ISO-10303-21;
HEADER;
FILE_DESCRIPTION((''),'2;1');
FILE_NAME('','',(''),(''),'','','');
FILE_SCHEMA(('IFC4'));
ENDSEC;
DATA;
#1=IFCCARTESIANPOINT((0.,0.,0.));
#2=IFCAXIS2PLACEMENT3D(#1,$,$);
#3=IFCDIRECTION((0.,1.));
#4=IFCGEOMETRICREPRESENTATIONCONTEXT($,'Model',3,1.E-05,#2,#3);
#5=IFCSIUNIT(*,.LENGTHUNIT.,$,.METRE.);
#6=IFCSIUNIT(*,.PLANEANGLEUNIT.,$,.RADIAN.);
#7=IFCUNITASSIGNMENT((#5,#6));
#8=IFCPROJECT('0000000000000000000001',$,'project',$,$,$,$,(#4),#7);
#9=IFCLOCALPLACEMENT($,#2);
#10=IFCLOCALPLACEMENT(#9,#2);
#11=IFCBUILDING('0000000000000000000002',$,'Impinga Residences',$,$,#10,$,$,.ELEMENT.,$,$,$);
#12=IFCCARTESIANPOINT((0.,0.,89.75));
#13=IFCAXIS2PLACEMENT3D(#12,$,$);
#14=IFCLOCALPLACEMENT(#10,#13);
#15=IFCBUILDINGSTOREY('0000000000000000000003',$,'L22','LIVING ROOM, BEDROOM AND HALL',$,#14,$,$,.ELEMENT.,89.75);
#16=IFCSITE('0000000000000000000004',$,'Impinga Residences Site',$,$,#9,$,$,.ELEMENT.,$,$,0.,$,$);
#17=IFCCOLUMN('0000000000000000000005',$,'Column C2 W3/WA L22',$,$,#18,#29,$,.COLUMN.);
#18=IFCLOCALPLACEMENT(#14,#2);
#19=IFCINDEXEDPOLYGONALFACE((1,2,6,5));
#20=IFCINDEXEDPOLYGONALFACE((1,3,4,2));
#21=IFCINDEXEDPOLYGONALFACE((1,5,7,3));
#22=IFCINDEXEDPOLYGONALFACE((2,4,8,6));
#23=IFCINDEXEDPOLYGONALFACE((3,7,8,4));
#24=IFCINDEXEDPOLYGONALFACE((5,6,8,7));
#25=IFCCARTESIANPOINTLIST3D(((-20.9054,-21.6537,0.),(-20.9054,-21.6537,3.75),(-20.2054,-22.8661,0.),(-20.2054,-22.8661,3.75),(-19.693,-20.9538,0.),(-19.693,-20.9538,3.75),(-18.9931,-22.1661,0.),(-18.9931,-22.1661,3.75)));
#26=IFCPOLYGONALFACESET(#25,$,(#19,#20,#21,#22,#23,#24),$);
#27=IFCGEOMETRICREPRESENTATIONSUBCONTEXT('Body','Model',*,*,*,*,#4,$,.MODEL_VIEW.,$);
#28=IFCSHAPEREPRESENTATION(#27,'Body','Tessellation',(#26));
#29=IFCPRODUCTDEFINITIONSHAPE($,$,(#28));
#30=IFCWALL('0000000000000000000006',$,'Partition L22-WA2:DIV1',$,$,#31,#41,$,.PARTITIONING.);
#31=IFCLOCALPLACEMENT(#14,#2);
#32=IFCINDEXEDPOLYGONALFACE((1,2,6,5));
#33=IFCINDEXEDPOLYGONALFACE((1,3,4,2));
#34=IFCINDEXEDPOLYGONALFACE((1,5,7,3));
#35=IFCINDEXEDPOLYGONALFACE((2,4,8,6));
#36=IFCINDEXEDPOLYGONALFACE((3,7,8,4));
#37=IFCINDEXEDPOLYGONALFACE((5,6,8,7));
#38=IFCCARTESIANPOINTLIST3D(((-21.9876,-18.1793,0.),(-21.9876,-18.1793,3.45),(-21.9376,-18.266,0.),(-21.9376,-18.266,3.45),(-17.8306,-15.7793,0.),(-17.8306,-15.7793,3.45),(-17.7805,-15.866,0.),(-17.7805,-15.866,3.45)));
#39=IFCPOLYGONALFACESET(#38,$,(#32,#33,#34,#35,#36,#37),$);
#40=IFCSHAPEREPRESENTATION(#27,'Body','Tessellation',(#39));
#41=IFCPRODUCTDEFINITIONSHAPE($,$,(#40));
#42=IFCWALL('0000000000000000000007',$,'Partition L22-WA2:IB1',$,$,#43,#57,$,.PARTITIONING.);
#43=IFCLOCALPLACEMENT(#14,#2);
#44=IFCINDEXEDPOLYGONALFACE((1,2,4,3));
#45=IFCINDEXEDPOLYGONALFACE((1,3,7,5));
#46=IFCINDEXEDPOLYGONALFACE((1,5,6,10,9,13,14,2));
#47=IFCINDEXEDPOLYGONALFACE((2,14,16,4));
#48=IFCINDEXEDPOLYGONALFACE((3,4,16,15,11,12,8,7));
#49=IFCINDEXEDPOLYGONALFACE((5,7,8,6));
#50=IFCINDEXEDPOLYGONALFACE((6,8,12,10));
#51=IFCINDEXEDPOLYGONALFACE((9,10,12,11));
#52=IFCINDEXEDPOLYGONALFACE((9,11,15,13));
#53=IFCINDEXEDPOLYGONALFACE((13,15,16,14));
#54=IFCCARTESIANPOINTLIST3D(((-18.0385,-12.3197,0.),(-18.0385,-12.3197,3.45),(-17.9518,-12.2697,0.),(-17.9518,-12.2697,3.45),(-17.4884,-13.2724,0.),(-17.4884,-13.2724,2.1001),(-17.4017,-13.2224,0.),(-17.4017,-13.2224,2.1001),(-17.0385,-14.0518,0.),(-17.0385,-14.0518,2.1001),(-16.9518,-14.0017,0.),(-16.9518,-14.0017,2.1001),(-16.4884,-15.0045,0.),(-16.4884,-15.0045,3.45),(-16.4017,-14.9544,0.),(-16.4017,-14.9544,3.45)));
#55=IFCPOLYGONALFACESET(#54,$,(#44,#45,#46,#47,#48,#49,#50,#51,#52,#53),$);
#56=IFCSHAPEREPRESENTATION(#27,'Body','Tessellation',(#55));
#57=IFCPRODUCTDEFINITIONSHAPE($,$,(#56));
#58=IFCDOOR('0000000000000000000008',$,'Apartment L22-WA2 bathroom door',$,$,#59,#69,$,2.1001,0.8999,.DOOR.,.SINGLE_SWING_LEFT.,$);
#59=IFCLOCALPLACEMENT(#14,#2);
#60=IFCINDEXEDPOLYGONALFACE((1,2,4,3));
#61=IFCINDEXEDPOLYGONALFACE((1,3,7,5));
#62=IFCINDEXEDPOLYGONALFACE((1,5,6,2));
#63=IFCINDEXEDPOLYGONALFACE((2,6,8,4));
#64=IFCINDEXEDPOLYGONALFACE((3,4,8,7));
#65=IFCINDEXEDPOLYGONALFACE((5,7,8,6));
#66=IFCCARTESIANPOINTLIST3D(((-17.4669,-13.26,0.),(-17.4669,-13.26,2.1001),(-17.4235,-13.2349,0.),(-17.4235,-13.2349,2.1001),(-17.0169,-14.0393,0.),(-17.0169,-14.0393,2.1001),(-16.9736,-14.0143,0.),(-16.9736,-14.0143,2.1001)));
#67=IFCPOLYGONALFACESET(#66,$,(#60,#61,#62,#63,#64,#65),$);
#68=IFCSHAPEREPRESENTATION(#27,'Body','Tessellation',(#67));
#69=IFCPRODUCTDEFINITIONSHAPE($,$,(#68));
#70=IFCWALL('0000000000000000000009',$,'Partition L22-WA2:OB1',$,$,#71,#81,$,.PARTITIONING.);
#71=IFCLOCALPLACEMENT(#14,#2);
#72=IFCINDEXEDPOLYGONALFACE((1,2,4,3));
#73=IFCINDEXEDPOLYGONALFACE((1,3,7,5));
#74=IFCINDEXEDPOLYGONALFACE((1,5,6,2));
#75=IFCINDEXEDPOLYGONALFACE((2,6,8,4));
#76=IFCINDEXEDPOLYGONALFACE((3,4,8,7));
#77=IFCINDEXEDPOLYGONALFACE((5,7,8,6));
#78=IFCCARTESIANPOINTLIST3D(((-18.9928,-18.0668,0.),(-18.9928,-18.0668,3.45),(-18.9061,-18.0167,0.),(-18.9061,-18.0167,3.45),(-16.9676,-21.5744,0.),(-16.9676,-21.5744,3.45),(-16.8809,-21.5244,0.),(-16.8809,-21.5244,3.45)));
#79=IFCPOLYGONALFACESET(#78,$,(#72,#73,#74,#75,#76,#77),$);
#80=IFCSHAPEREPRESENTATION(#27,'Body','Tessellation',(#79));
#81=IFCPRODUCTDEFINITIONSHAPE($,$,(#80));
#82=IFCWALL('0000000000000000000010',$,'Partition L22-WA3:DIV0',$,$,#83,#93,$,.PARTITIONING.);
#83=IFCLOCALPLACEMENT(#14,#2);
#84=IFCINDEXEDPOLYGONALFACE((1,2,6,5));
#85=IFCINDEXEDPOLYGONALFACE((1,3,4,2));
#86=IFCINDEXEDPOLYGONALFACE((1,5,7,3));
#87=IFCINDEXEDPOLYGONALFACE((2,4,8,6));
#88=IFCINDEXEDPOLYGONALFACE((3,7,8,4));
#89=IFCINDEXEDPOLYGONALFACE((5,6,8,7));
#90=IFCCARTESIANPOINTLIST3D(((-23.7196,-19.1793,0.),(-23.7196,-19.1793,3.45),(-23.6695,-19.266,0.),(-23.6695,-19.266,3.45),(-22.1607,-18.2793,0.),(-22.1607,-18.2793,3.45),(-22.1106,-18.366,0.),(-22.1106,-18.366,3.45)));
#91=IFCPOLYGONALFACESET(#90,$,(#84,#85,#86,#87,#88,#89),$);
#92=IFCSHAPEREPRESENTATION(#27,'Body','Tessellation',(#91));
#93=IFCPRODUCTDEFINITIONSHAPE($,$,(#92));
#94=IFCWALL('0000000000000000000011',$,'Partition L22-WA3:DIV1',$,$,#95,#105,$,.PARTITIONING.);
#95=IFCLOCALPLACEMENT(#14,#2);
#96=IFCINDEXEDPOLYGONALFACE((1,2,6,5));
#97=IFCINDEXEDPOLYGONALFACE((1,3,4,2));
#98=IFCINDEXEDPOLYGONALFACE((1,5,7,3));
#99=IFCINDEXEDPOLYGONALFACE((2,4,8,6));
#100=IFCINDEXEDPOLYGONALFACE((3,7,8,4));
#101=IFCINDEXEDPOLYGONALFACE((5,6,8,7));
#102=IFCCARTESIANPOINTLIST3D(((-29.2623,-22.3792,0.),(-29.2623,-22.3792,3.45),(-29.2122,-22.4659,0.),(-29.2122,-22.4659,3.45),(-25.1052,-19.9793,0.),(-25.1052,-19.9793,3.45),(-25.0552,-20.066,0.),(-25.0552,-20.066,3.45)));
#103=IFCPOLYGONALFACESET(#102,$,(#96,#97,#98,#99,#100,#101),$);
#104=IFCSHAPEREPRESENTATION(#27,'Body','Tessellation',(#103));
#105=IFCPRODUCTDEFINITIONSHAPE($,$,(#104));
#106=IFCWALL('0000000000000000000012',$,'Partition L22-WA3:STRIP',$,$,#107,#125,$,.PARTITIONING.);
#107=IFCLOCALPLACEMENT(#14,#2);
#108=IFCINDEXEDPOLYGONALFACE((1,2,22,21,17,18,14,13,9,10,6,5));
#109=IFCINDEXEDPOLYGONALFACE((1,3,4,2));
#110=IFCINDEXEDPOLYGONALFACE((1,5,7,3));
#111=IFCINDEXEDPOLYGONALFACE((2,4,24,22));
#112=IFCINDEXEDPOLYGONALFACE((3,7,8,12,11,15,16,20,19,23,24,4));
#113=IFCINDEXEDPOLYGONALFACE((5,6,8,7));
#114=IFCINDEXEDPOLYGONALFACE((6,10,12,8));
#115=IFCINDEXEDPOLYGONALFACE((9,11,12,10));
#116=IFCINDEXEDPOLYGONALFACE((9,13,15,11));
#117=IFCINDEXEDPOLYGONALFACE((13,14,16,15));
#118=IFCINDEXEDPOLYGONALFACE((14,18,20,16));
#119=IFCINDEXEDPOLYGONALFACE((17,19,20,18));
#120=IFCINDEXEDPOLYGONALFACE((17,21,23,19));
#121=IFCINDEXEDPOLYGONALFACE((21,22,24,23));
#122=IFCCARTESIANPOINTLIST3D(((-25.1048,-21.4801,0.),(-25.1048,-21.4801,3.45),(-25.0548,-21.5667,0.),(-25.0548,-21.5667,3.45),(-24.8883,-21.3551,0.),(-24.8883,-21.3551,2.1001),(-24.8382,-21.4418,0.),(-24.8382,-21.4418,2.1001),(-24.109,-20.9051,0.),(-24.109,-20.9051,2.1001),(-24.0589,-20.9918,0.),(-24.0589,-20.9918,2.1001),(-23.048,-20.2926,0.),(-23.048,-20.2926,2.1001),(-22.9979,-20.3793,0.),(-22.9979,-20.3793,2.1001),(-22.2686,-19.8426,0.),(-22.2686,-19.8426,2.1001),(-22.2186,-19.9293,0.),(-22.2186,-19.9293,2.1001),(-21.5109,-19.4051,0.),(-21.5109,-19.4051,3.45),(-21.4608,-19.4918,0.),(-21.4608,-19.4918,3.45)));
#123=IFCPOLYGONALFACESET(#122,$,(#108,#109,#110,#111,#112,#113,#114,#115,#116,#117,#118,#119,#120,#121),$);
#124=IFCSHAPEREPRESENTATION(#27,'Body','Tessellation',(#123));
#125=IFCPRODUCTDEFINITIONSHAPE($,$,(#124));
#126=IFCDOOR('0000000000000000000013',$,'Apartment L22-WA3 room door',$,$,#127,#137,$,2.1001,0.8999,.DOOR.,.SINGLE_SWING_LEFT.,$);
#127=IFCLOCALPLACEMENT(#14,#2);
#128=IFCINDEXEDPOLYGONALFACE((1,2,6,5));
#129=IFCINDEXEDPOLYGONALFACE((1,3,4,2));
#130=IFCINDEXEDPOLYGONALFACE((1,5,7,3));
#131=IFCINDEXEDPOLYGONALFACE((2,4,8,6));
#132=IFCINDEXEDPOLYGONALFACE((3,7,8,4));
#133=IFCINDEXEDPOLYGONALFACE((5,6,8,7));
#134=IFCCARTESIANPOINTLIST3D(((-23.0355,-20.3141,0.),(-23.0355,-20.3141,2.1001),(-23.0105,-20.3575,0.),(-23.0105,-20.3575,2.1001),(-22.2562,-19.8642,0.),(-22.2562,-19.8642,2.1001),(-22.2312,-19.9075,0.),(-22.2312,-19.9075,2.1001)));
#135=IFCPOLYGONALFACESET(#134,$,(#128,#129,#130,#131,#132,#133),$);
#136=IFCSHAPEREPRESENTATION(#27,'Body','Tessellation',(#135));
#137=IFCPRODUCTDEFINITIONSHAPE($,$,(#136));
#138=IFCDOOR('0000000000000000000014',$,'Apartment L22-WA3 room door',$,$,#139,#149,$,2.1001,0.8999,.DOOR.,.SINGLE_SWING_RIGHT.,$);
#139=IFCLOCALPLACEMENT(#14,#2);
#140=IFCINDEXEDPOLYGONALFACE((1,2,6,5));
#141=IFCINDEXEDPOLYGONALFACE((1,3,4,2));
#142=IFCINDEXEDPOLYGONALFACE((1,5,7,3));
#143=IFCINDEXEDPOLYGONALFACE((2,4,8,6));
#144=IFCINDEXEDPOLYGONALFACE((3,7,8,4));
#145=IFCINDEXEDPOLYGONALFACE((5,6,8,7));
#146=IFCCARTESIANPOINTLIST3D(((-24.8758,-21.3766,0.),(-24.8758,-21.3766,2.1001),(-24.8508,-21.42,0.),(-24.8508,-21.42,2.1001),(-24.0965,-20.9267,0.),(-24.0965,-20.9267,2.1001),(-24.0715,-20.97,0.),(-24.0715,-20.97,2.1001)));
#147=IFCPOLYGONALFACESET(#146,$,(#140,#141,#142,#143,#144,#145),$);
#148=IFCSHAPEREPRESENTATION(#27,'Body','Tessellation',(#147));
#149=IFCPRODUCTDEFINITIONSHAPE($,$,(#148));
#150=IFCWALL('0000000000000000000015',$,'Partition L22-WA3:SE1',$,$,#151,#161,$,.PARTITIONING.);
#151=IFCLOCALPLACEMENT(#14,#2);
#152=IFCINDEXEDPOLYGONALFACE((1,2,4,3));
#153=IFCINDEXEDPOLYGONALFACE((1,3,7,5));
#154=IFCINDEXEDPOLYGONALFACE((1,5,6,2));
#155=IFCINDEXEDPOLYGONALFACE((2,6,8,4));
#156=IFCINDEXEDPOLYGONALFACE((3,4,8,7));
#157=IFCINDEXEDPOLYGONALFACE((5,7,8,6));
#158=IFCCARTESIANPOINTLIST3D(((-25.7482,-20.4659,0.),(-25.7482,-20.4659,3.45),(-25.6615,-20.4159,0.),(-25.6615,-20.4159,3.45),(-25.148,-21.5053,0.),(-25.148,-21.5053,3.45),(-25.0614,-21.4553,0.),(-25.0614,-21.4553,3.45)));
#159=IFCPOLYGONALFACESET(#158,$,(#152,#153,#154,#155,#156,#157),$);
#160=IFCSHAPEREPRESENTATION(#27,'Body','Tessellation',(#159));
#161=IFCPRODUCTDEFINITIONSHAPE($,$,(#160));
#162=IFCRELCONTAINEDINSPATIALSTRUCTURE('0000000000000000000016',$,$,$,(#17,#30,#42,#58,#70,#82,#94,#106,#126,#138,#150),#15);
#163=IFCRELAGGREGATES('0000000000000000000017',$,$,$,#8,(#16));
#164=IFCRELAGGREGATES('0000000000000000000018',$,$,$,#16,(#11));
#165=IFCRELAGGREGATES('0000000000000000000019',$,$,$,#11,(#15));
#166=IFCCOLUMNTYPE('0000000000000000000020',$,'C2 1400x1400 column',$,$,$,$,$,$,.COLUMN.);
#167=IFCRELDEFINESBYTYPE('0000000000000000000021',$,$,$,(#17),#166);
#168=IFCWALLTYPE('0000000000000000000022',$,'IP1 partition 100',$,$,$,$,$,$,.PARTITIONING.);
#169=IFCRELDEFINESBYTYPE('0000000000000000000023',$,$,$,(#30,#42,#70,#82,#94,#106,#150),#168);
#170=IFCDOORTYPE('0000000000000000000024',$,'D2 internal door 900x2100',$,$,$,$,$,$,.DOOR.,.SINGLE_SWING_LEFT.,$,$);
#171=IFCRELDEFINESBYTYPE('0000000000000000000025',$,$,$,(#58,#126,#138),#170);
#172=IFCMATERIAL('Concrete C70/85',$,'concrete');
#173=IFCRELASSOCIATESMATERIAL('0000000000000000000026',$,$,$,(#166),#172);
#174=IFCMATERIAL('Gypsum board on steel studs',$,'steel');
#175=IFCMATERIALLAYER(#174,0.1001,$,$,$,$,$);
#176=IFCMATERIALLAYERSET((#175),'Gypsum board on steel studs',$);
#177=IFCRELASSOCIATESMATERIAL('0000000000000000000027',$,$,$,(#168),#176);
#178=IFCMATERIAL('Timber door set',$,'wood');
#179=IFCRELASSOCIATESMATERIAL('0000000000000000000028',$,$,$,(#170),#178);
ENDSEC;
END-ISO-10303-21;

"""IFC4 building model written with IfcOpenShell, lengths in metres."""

from ifc_helpers import new_model, si_unit, direction, frame, frame_2d, origin, origin_2d, place, context, subcontext, project, spatial, rectangle, extrude, material, layer, layer_set, material_profile, profile_set, type_object, element, fill, save


model = new_model("IFC4")

# Units and contexts
model_context = context("Model", 3, precision=1e-05, world=origin(), true_north=direction((0.0, 1.0)))
body_context = subcontext(model_context, "Body", "Model", "MODEL_VIEW")
ifc_project = project(units=[si_unit("LENGTHUNIT", "METRE"), si_unit("PLANEANGLEUNIT", "RADIAN")], contexts=[model_context])

# Site, building, storey
site_placement = place(None, origin())
site = spatial("IfcSite", under=ifc_project, at=site_placement, Name="Impinga Residences Site", CompositionType="ELEMENT", RefElevation=0.0)
building_placement = place(site_placement, origin())
building = spatial("IfcBuilding", under=site, at=building_placement, Name="Impinga Residences", CompositionType="ELEMENT")
storey_placement = place(building_placement, frame((0.0, 0.0, 89.75)))
storey = spatial("IfcBuildingStorey", under=building, at=storey_placement, Name="L22", Description="LIVING ROOM, BEDROOM AND HALL", CompositionType="ELEMENT", Elevation=89.75)

# Column
ifc_material_1 = material(Name="Concrete C70/85", Category="concrete")
ifc_material_profile = material_profile(ifc_material_1, rectangle(XDim=1.3999, YDim=1.3999, at=origin_2d()), Name="RC 1400x1400")
ifc_profile_set = profile_set([ifc_material_profile], Name="Concrete C70/85")
column_type = type_object("IfcColumnType", Name="C2 1400x1400 column", PredefinedType="COLUMN", material=ifc_profile_set)
column_placement = place(storey_placement, frame((-19.9492, -21.9099, 0.0), z_axis=(0.0, 0.0, 1.0), x_axis=(-0.5, 0.866025, 0.0)))
element("IfcColumn", 1, at=column_placement, inside=storey, type_object=column_type, Name="Column C2 W3/WA L22", PredefinedType="COLUMN", context=body_context, shape_type="SweptSolid", body=[
    extrude(rectangle(XDim=1.3999, YDim=1.3999, at=origin_2d()), origin(), (0.0, 0.0, 1.0), 3.75),
])

# Wall
ifc_material_2 = material(Name="Gypsum board on steel studs", Category="steel")
ifc_layer_1 = layer(ifc_material_2, 0.1001)
ifc_layer_set_1 = layer_set([ifc_layer_1], Name="Gypsum board on steel studs")
wall_type_1 = type_object("IfcWallType", Name="IP1 partition 100", PredefinedType="PARTITIONING", material=ifc_layer_set_1)
wall_1_placement = place(storey_placement, frame((-17.8057, -15.8228, 0.0), z_axis=(0.0, 0.0, 1.0), x_axis=(-0.866037, -0.499979, 0.0)))
element("IfcWall", 2, at=wall_1_placement, inside=storey, type_object=wall_type_1, Name="Partition L22-WA2:DIV1", PredefinedType="PARTITIONING", context=body_context, shape_type="SweptSolid", body=[
    extrude(rectangle(XDim=4.8, YDim=0.1001, at=frame_2d((2.3999, 0.0))), origin(), (0.0, 0.0, 1.0), 3.45),
])

# Wall, opening, door
wall_2_placement = place(storey_placement, frame((-17.9951, -12.2947, 0.0), z_axis=(0.0, 0.0, 1.0), x_axis=(0.499993, -0.86603, 0.0)))
wall_2 = element("IfcWall", 3, at=wall_2_placement, inside=storey, type_object=wall_type_1, Name="Partition L22-WA2:IB1", PredefinedType="PARTITIONING", context=body_context, shape_type="SweptSolid", body=[
    extrude(rectangle(XDim=3.1001, YDim=0.1001, at=frame_2d((1.55, 0.0))), origin(), (0.0, 0.0, 1.0), 3.45),
])
opening_1_placement = place(wall_2_placement, frame((1.1001, 0.0, 0.0)))
opening_1 = element("IfcOpeningElement", 4, at=opening_1_placement, cuts=wall_2, PredefinedType="OPENING", context=body_context, shape_type="SweptSolid", body=[
    extrude(rectangle(XDim=0.8999, YDim=2.1001, at=frame_2d((0.45, 1.05))), frame((0.0, 0.0601, 0.0), z_axis=(0.0, -1.0, 0.0), x_axis=(1.0, 0.0, 0.0)), (0.0, 0.0, 1.0), 0.1201),
])
ifc_material_3 = material(Name="Timber door set", Category="wood")
door_type = type_object("IfcDoorType", Name="D2 internal door 900x2100", OperationType="SINGLE_SWING_LEFT", PredefinedType="DOOR", material=ifc_material_3)
door_1_placement = place(opening_1_placement, origin())
door_1 = element("IfcDoor", 5, at=door_1_placement, inside=storey, type_object=door_type, Name="Apartment L22-WA2 bathroom door", OperationType="SINGLE_SWING_LEFT", OverallHeight=2.1001, OverallWidth=0.8999, PredefinedType="DOOR", context=body_context, shape_type="SweptSolid", body=[
    extrude(rectangle(XDim=0.8999, YDim=2.1001, at=frame_2d((0.45, 1.05))), frame((0.0, 0.0249, 0.0), z_axis=(0.0, -1.0, 0.0), x_axis=(1.0, 0.0, 0.0)), (0.0, 0.0, 1.0), 0.05),
])
fill(opening_1, door_1)

# Walls
wall_3_placement = place(storey_placement, frame((-18.9495, -18.0417, 0.0), z_axis=(0.0, 0.0, 1.0), x_axis=(0.500009, -0.86602, 0.0)))
element("IfcWall", 6, at=wall_3_placement, inside=storey, type_object=wall_type_1, Name="Partition L22-WA2:OB1", PredefinedType="PARTITIONING", context=body_context, shape_type="SweptSolid", body=[
    extrude(rectangle(XDim=4.0503, YDim=0.1001, at=frame_2d((2.0251, 0.0))), origin(), (0.0, 0.0, 1.0), 3.45),
])
wall_4_placement = place(storey_placement, frame((-22.1357, -18.3228, 0.0), z_axis=(0.0, 0.0, 1.0), x_axis=(-0.866048, -0.499961, 0.0)))
element("IfcWall", 7, at=wall_4_placement, inside=storey, type_object=wall_type_1, Name="Partition L22-WA3:DIV0", PredefinedType="PARTITIONING", context=body_context, shape_type="SweptSolid", body=[
    extrude(rectangle(XDim=1.8, YDim=0.1001, at=frame_2d((0.8999, 0.0))), origin(), (0.0, 0.0, 1.0), 3.45),
])
wall_5_placement = place(storey_placement, frame((-25.0803, -20.0227, 0.0), z_axis=(0.0, 0.0, 1.0), x_axis=(-0.866037, -0.499979, 0.0)))
element("IfcWall", 8, at=wall_5_placement, inside=storey, type_object=wall_type_1, Name="Partition L22-WA3:DIV1", PredefinedType="PARTITIONING", context=body_context, shape_type="SweptSolid", body=[
    extrude(rectangle(XDim=4.8, YDim=0.1001, at=frame_2d((2.3999, 0.0))), origin(), (0.0, 0.0, 1.0), 3.45),
])

# Wall, openings, doors
wall_6_placement = place(storey_placement, frame((-21.4858, -19.4485, 0.0), z_axis=(0.0, 0.0, 1.0), x_axis=(-0.86603, -0.499992, 0.0)))
wall_6 = element("IfcWall", 9, at=wall_6_placement, inside=storey, type_object=wall_type_1, Name="Partition L22-WA3:STRIP", PredefinedType="PARTITIONING", context=body_context, shape_type="SweptSolid", body=[
    extrude(rectangle(XDim=4.1499, YDim=0.1001, at=frame_2d((2.075, 0.0))), origin(), (0.0, 0.0, 1.0), 3.45),
])
opening_2_placement = place(wall_6_placement, frame((0.875, 0.0, 0.0)))
opening_2 = element("IfcOpeningElement", 10, at=opening_2_placement, cuts=wall_6, PredefinedType="OPENING", context=body_context, shape_type="SweptSolid", body=[
    extrude(rectangle(XDim=0.8999, YDim=2.1001, at=frame_2d((0.45, 1.05))), frame((0.0, 0.0601, 0.0), z_axis=(0.0, -1.0, 0.0), x_axis=(1.0, 0.0, 0.0)), (0.0, 0.0, 1.0), 0.1201),
])
opening_3_placement = place(wall_6_placement, frame((3.0, 0.0, 0.0)))
opening_3 = element("IfcOpeningElement", 11, at=opening_3_placement, cuts=wall_6, PredefinedType="OPENING", context=body_context, shape_type="SweptSolid", body=[
    extrude(rectangle(XDim=0.8999, YDim=2.1001, at=frame_2d((0.45, 1.05))), frame((0.0, 0.0601, 0.0), z_axis=(0.0, -1.0, 0.0), x_axis=(1.0, 0.0, 0.0)), (0.0, 0.0, 1.0), 0.1201),
])
door_2_placement = place(opening_2_placement, origin())
door_2 = element("IfcDoor", 12, at=door_2_placement, inside=storey, type_object=door_type, Name="Apartment L22-WA3 room door", OperationType="SINGLE_SWING_LEFT", OverallHeight=2.1001, OverallWidth=0.8999, PredefinedType="DOOR", context=body_context, shape_type="SweptSolid", body=[
    extrude(rectangle(XDim=0.8999, YDim=2.1001, at=frame_2d((0.45, 1.05))), frame((0.0, 0.0249, 0.0), z_axis=(0.0, -1.0, 0.0), x_axis=(1.0, 0.0, 0.0)), (0.0, 0.0, 1.0), 0.05),
])
fill(opening_2, door_2)
door_3_placement = place(opening_3_placement, origin())
door_3 = element("IfcDoor", 13, at=door_3_placement, inside=storey, type_object=door_type, Name="Apartment L22-WA3 room door", OperationType="SINGLE_SWING_RIGHT", OverallHeight=2.1001, OverallWidth=0.8999, PredefinedType="DOOR", context=body_context, shape_type="SweptSolid", body=[
    extrude(rectangle(XDim=0.8999, YDim=2.1001, at=frame_2d((0.45, 1.05))), frame((0.0, 0.0249, 0.0), z_axis=(0.0, -1.0, 0.0), x_axis=(1.0, 0.0, 0.0)), (0.0, 0.0, 1.0), 0.05),
])
fill(opening_3, door_3)

# Wall
wall_7_placement = place(storey_placement, frame((-25.7048, -20.4409, 0.0), z_axis=(0.0, 0.0, 1.0), x_axis=(0.500034, -0.866006, 0.0)))
element("IfcWall", 14, at=wall_7_placement, inside=storey, type_object=wall_type_1, Name="Partition L22-WA3:SE1", PredefinedType="PARTITIONING", context=body_context, shape_type="SweptSolid", body=[
    extrude(rectangle(XDim=1.2002, YDim=0.1001, at=frame_2d((0.6001, 0.0))), origin(), (0.0, 0.0, 1.0), 3.45),
])

save(model, "model.ifc")
